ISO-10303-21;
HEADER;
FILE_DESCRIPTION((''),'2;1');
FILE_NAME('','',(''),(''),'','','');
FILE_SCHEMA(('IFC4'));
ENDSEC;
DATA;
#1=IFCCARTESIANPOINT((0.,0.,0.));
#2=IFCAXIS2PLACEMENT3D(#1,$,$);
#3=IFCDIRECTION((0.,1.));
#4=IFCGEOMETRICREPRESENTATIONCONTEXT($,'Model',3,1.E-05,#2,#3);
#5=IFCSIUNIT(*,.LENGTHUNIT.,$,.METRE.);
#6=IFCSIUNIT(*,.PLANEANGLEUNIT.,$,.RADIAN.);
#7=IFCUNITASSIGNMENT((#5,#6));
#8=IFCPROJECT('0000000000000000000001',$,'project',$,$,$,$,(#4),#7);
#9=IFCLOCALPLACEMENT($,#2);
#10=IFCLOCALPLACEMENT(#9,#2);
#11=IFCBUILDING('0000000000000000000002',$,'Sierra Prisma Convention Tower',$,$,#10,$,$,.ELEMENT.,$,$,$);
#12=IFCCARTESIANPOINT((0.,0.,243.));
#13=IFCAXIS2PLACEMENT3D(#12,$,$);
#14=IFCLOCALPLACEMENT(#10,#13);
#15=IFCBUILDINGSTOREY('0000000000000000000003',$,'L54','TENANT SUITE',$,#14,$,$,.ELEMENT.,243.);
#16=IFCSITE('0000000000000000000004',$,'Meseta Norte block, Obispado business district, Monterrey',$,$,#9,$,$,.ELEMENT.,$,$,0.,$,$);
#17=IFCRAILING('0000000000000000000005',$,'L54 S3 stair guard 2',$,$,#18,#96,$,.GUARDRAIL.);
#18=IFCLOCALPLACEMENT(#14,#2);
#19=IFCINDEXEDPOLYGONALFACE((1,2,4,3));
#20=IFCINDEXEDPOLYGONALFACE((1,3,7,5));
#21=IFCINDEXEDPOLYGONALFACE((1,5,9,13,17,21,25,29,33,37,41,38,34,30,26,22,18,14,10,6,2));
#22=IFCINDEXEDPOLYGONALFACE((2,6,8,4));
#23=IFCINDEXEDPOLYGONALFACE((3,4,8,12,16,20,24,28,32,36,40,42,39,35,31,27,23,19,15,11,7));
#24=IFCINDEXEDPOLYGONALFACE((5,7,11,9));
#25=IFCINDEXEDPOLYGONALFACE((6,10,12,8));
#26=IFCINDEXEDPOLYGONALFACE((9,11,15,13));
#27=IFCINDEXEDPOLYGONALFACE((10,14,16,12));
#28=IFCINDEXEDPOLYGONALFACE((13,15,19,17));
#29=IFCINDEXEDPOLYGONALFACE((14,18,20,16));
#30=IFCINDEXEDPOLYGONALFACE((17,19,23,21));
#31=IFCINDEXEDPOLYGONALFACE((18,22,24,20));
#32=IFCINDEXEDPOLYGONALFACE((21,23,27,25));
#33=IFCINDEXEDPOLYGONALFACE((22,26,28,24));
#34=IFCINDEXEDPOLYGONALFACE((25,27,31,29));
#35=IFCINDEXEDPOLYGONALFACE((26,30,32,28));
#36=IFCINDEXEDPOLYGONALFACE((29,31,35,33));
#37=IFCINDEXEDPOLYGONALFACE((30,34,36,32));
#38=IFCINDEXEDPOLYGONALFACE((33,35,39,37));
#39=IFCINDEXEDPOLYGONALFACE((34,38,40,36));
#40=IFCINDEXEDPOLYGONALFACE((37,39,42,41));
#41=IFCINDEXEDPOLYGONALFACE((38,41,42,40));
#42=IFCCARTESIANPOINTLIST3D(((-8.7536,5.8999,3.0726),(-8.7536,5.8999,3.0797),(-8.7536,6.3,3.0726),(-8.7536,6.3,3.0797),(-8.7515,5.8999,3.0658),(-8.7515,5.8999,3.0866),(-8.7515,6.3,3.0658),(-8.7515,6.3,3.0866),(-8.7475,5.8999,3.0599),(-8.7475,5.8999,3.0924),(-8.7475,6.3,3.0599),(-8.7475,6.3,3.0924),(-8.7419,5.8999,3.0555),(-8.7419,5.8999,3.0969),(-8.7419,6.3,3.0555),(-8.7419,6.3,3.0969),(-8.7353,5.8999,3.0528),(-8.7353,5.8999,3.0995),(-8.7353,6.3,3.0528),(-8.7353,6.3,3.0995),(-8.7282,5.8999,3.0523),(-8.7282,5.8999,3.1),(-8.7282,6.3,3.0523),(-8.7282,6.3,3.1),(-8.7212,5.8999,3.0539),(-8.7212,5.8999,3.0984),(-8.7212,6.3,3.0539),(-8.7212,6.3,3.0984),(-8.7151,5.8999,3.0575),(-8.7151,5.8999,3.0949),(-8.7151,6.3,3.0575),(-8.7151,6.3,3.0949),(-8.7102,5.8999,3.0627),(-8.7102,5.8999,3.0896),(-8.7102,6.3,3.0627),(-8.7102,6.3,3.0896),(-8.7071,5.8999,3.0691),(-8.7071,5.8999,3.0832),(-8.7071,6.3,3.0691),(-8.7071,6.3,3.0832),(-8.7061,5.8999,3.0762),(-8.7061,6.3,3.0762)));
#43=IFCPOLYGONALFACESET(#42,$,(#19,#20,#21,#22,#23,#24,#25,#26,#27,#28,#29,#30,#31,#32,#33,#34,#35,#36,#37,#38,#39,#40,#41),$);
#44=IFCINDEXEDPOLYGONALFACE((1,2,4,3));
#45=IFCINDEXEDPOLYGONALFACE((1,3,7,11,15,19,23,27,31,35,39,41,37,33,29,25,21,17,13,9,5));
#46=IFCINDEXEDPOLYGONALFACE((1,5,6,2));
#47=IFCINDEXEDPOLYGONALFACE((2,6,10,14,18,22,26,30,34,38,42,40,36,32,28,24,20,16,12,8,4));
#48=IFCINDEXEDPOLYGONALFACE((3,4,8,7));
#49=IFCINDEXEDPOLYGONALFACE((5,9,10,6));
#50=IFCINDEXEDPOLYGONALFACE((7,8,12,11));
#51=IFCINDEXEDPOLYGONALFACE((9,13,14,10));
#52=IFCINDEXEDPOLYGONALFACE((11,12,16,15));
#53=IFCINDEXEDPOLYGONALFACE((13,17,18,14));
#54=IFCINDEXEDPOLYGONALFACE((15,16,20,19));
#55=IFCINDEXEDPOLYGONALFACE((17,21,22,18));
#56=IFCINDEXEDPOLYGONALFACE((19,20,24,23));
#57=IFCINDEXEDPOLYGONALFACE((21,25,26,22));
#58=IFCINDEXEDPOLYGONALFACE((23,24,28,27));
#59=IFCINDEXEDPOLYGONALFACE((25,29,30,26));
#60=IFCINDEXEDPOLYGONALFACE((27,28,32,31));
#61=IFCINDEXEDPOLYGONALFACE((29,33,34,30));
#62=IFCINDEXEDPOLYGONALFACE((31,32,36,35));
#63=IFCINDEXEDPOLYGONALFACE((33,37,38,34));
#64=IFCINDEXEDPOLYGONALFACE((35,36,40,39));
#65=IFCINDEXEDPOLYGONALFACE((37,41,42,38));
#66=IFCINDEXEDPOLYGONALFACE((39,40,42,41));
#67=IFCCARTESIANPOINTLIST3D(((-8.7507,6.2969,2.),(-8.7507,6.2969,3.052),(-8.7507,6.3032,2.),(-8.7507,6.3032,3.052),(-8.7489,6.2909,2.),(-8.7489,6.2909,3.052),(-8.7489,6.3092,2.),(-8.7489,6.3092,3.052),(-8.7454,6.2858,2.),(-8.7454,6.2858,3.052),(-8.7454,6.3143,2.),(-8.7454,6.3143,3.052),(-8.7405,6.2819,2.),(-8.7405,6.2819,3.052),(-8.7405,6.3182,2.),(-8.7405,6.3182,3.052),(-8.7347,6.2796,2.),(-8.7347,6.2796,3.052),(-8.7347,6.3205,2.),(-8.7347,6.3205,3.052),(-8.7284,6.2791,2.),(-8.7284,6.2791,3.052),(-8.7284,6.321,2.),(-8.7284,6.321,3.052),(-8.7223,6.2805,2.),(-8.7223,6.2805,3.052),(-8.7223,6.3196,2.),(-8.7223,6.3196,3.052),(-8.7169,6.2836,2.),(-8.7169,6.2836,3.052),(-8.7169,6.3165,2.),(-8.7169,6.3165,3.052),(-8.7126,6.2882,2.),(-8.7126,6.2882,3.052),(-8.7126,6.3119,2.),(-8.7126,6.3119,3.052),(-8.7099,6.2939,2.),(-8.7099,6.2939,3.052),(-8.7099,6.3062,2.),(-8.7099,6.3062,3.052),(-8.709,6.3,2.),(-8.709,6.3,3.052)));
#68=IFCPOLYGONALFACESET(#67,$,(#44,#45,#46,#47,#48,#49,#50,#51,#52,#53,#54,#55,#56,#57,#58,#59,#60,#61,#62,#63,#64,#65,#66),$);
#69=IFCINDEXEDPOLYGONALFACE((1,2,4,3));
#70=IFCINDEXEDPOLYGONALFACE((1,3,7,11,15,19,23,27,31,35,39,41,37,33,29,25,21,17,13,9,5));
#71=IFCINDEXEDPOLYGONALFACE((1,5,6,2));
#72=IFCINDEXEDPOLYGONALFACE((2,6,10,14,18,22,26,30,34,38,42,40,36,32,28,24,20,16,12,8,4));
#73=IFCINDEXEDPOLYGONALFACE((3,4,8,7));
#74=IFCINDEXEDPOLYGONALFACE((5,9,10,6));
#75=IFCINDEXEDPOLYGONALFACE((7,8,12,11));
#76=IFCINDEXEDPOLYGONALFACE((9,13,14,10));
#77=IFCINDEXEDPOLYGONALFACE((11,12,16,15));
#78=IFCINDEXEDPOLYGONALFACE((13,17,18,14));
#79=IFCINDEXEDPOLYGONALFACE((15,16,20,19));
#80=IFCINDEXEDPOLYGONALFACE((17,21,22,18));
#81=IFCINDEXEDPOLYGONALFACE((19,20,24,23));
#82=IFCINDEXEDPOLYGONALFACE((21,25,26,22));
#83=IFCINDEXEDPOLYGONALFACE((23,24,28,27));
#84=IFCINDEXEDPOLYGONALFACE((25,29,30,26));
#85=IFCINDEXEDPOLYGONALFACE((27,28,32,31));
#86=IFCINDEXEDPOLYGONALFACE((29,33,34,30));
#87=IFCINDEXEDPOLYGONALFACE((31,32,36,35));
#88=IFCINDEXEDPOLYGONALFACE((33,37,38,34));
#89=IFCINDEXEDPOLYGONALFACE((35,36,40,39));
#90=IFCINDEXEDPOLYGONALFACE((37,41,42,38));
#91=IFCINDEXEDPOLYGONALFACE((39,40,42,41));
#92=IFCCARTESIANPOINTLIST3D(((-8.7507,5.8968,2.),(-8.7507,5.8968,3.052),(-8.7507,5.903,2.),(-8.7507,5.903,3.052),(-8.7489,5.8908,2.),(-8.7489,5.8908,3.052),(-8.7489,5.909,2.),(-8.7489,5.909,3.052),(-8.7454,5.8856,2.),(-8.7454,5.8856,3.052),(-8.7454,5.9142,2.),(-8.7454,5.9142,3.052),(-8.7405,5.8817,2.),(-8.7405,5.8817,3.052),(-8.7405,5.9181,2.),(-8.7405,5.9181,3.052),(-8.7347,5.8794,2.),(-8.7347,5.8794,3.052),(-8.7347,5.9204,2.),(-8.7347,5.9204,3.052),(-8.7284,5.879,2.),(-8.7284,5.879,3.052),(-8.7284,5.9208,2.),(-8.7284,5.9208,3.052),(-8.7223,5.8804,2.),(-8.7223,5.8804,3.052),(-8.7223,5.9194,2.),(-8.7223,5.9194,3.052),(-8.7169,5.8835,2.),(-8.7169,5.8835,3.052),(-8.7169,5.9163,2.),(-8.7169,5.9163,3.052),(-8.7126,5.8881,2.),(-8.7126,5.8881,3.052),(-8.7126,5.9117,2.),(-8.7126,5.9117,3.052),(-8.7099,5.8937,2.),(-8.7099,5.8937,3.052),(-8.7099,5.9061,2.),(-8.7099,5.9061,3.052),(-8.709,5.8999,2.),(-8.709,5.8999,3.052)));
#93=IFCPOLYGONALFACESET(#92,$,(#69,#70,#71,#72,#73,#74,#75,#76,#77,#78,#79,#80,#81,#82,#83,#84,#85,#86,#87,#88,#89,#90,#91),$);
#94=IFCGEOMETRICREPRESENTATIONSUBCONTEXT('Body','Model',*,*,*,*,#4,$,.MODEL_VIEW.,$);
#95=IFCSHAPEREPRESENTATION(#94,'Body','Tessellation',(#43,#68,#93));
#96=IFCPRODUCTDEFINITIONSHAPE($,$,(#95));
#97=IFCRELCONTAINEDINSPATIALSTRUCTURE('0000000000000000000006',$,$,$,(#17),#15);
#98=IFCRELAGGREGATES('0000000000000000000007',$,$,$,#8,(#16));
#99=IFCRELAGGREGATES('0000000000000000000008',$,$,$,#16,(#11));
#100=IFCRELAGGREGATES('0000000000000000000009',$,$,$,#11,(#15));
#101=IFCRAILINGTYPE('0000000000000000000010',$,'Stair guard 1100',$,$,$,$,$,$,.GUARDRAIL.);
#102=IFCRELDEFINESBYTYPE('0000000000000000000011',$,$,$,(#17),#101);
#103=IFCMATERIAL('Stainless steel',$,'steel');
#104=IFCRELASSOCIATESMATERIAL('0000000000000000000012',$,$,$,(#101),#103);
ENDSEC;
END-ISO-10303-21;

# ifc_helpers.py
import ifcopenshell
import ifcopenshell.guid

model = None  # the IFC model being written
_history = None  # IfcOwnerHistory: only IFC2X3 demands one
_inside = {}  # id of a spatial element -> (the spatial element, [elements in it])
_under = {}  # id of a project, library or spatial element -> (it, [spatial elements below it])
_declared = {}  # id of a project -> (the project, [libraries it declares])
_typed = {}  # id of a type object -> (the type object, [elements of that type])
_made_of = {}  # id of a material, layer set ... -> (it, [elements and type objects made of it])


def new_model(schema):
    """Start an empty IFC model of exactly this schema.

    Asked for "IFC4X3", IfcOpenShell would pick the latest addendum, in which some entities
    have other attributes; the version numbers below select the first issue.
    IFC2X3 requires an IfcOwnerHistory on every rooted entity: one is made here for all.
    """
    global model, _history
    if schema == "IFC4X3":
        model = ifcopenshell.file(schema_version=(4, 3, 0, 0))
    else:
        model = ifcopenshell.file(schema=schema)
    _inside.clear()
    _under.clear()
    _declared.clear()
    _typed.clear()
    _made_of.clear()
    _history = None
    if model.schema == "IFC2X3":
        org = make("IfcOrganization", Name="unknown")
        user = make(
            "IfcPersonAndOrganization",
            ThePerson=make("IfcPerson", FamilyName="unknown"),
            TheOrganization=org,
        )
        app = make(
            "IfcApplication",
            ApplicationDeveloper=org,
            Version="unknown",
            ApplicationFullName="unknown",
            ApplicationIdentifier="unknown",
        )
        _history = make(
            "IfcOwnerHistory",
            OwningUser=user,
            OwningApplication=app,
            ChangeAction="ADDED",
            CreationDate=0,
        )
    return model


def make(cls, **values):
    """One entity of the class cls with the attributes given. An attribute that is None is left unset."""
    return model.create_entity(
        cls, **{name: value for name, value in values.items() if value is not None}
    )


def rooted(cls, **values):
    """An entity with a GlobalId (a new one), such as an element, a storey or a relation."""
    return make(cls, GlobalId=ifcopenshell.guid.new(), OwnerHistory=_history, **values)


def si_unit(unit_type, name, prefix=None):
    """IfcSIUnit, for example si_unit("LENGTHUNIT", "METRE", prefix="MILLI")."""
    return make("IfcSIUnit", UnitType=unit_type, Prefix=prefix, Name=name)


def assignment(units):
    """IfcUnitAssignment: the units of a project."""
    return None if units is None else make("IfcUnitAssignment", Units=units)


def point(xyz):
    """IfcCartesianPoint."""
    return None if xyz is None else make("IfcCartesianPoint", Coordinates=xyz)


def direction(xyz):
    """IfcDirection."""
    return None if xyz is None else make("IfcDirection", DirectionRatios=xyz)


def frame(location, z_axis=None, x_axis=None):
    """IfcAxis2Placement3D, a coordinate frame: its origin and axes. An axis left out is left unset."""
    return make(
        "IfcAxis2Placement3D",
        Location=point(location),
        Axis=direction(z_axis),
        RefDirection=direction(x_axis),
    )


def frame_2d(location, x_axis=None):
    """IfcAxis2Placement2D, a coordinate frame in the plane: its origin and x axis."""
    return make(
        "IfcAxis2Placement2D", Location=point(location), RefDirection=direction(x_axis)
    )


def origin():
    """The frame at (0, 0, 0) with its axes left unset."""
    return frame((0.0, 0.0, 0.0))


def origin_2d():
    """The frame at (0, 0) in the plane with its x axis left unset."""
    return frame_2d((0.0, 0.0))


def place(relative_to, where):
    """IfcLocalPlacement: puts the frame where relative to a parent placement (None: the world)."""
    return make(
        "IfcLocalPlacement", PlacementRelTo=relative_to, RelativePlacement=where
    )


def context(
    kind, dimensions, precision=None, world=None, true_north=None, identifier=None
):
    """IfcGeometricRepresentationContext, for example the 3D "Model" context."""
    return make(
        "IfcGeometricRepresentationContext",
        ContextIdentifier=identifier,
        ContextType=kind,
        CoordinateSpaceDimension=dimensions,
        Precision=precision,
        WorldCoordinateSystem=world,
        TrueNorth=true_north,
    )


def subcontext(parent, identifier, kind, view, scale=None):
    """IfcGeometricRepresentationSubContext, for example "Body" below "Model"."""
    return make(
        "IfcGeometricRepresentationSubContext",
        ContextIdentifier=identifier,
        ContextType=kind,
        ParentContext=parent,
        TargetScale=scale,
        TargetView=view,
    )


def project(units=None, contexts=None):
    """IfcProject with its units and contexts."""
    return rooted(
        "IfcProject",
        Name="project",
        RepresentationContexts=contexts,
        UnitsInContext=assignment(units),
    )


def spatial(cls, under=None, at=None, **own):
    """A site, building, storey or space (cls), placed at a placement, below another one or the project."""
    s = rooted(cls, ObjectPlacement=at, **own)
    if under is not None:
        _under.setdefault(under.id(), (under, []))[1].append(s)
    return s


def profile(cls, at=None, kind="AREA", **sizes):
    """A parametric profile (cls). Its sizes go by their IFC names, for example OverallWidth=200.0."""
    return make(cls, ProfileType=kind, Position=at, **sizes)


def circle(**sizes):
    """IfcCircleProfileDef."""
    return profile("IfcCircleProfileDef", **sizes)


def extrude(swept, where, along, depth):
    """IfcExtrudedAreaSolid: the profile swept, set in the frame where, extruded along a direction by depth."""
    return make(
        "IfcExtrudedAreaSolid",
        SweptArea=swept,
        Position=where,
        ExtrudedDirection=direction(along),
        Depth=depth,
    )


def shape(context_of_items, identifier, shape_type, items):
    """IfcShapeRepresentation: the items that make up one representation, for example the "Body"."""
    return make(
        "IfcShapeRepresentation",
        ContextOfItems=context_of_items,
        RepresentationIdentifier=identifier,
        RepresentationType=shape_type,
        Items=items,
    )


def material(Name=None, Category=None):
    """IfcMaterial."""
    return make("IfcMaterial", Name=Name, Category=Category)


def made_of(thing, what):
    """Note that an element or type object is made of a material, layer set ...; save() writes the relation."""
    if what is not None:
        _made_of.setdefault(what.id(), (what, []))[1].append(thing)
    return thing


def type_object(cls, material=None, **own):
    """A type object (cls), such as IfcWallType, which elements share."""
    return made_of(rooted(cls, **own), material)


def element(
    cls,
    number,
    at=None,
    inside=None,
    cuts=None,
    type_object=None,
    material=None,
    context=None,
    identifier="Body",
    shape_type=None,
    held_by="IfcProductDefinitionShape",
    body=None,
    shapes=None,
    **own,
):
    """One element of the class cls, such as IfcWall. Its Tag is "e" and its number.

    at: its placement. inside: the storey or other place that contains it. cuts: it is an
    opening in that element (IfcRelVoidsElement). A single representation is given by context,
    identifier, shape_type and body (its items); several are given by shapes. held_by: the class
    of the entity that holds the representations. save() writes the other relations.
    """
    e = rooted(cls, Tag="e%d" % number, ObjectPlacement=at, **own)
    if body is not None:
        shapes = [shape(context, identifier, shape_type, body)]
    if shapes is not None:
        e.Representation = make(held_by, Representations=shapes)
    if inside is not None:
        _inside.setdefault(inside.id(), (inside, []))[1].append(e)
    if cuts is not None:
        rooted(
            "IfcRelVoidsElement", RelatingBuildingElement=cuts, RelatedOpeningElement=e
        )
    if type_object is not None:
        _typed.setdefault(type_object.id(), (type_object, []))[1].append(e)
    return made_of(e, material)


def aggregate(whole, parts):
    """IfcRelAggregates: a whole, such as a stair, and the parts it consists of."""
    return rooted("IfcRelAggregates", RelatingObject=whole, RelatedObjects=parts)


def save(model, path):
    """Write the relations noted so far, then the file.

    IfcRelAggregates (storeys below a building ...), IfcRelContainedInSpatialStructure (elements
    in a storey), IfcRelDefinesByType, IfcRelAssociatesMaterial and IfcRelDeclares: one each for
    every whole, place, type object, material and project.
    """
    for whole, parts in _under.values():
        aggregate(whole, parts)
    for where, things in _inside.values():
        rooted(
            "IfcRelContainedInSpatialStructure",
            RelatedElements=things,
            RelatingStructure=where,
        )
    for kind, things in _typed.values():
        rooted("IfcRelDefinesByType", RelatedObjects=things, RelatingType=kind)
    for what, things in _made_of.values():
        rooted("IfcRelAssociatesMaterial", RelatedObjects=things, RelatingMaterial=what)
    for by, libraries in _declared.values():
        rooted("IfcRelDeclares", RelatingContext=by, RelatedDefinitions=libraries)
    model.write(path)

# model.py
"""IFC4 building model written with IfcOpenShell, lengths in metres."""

from ifc_helpers import new_model, si_unit, direction, frame, origin, origin_2d, place, context, subcontext, project, spatial, circle, extrude, material, type_object, element, save


model = new_model("IFC4")

# Units and contexts
model_context = context("Model", 3, precision=1e-05, world=origin(), true_north=direction((0.0, 1.0)))
body_context = subcontext(model_context, "Body", "Model", "MODEL_VIEW")
ifc_project = project(units=[si_unit("LENGTHUNIT", "METRE"), si_unit("PLANEANGLEUNIT", "RADIAN")], contexts=[model_context])

# Site, building, storey
site_placement = place(None, origin())
site = spatial("IfcSite", under=ifc_project, at=site_placement, Name="Meseta Norte block, Obispado business district, Monterrey", CompositionType="ELEMENT", RefElevation=0.0)
building_placement = place(site_placement, origin())
building = spatial("IfcBuilding", under=site, at=building_placement, Name="Sierra Prisma Convention Tower", CompositionType="ELEMENT")
storey_placement = place(building_placement, frame((0.0, 0.0, 243.0)))
storey = spatial("IfcBuildingStorey", under=building, at=storey_placement, Name="L54", Description="TENANT SUITE", CompositionType="ELEMENT", Elevation=243.0)

# Railing
ifc_material_1 = material(Name="Stainless steel", Category="steel")
railing_type_1 = type_object("IfcRailingType", Name="Stair guard 1100", PredefinedType="GUARDRAIL", material=ifc_material_1)
railing_1_placement = place(storey_placement, frame((-8.73, 6.3, 2.0)))
element("IfcRailing", 1, at=railing_1_placement, inside=storey, type_object=railing_type_1, Name="L54 S3 stair guard 2", PredefinedType="GUARDRAIL", context=body_context, shape_type="SweptSolid", body=[
    extrude(circle(Radius=0.0239, at=origin_2d()), frame((0.0, 0.0, 1.0762), z_axis=(0.0, -1.0, 0.0), x_axis=(1.0, 0.0, 0.0)), (0.0, 0.0, 1.0), 0.4001),
    extrude(circle(Radius=0.021, at=origin_2d()), origin(), (0.0, 0.0, 1.0), 1.052),
    extrude(circle(Radius=0.021, at=origin_2d()), frame((0.0, -0.4001, 0.0)), (0.0, 0.0, 1.0), 1.052),
])

save(model, "model.ifc")
